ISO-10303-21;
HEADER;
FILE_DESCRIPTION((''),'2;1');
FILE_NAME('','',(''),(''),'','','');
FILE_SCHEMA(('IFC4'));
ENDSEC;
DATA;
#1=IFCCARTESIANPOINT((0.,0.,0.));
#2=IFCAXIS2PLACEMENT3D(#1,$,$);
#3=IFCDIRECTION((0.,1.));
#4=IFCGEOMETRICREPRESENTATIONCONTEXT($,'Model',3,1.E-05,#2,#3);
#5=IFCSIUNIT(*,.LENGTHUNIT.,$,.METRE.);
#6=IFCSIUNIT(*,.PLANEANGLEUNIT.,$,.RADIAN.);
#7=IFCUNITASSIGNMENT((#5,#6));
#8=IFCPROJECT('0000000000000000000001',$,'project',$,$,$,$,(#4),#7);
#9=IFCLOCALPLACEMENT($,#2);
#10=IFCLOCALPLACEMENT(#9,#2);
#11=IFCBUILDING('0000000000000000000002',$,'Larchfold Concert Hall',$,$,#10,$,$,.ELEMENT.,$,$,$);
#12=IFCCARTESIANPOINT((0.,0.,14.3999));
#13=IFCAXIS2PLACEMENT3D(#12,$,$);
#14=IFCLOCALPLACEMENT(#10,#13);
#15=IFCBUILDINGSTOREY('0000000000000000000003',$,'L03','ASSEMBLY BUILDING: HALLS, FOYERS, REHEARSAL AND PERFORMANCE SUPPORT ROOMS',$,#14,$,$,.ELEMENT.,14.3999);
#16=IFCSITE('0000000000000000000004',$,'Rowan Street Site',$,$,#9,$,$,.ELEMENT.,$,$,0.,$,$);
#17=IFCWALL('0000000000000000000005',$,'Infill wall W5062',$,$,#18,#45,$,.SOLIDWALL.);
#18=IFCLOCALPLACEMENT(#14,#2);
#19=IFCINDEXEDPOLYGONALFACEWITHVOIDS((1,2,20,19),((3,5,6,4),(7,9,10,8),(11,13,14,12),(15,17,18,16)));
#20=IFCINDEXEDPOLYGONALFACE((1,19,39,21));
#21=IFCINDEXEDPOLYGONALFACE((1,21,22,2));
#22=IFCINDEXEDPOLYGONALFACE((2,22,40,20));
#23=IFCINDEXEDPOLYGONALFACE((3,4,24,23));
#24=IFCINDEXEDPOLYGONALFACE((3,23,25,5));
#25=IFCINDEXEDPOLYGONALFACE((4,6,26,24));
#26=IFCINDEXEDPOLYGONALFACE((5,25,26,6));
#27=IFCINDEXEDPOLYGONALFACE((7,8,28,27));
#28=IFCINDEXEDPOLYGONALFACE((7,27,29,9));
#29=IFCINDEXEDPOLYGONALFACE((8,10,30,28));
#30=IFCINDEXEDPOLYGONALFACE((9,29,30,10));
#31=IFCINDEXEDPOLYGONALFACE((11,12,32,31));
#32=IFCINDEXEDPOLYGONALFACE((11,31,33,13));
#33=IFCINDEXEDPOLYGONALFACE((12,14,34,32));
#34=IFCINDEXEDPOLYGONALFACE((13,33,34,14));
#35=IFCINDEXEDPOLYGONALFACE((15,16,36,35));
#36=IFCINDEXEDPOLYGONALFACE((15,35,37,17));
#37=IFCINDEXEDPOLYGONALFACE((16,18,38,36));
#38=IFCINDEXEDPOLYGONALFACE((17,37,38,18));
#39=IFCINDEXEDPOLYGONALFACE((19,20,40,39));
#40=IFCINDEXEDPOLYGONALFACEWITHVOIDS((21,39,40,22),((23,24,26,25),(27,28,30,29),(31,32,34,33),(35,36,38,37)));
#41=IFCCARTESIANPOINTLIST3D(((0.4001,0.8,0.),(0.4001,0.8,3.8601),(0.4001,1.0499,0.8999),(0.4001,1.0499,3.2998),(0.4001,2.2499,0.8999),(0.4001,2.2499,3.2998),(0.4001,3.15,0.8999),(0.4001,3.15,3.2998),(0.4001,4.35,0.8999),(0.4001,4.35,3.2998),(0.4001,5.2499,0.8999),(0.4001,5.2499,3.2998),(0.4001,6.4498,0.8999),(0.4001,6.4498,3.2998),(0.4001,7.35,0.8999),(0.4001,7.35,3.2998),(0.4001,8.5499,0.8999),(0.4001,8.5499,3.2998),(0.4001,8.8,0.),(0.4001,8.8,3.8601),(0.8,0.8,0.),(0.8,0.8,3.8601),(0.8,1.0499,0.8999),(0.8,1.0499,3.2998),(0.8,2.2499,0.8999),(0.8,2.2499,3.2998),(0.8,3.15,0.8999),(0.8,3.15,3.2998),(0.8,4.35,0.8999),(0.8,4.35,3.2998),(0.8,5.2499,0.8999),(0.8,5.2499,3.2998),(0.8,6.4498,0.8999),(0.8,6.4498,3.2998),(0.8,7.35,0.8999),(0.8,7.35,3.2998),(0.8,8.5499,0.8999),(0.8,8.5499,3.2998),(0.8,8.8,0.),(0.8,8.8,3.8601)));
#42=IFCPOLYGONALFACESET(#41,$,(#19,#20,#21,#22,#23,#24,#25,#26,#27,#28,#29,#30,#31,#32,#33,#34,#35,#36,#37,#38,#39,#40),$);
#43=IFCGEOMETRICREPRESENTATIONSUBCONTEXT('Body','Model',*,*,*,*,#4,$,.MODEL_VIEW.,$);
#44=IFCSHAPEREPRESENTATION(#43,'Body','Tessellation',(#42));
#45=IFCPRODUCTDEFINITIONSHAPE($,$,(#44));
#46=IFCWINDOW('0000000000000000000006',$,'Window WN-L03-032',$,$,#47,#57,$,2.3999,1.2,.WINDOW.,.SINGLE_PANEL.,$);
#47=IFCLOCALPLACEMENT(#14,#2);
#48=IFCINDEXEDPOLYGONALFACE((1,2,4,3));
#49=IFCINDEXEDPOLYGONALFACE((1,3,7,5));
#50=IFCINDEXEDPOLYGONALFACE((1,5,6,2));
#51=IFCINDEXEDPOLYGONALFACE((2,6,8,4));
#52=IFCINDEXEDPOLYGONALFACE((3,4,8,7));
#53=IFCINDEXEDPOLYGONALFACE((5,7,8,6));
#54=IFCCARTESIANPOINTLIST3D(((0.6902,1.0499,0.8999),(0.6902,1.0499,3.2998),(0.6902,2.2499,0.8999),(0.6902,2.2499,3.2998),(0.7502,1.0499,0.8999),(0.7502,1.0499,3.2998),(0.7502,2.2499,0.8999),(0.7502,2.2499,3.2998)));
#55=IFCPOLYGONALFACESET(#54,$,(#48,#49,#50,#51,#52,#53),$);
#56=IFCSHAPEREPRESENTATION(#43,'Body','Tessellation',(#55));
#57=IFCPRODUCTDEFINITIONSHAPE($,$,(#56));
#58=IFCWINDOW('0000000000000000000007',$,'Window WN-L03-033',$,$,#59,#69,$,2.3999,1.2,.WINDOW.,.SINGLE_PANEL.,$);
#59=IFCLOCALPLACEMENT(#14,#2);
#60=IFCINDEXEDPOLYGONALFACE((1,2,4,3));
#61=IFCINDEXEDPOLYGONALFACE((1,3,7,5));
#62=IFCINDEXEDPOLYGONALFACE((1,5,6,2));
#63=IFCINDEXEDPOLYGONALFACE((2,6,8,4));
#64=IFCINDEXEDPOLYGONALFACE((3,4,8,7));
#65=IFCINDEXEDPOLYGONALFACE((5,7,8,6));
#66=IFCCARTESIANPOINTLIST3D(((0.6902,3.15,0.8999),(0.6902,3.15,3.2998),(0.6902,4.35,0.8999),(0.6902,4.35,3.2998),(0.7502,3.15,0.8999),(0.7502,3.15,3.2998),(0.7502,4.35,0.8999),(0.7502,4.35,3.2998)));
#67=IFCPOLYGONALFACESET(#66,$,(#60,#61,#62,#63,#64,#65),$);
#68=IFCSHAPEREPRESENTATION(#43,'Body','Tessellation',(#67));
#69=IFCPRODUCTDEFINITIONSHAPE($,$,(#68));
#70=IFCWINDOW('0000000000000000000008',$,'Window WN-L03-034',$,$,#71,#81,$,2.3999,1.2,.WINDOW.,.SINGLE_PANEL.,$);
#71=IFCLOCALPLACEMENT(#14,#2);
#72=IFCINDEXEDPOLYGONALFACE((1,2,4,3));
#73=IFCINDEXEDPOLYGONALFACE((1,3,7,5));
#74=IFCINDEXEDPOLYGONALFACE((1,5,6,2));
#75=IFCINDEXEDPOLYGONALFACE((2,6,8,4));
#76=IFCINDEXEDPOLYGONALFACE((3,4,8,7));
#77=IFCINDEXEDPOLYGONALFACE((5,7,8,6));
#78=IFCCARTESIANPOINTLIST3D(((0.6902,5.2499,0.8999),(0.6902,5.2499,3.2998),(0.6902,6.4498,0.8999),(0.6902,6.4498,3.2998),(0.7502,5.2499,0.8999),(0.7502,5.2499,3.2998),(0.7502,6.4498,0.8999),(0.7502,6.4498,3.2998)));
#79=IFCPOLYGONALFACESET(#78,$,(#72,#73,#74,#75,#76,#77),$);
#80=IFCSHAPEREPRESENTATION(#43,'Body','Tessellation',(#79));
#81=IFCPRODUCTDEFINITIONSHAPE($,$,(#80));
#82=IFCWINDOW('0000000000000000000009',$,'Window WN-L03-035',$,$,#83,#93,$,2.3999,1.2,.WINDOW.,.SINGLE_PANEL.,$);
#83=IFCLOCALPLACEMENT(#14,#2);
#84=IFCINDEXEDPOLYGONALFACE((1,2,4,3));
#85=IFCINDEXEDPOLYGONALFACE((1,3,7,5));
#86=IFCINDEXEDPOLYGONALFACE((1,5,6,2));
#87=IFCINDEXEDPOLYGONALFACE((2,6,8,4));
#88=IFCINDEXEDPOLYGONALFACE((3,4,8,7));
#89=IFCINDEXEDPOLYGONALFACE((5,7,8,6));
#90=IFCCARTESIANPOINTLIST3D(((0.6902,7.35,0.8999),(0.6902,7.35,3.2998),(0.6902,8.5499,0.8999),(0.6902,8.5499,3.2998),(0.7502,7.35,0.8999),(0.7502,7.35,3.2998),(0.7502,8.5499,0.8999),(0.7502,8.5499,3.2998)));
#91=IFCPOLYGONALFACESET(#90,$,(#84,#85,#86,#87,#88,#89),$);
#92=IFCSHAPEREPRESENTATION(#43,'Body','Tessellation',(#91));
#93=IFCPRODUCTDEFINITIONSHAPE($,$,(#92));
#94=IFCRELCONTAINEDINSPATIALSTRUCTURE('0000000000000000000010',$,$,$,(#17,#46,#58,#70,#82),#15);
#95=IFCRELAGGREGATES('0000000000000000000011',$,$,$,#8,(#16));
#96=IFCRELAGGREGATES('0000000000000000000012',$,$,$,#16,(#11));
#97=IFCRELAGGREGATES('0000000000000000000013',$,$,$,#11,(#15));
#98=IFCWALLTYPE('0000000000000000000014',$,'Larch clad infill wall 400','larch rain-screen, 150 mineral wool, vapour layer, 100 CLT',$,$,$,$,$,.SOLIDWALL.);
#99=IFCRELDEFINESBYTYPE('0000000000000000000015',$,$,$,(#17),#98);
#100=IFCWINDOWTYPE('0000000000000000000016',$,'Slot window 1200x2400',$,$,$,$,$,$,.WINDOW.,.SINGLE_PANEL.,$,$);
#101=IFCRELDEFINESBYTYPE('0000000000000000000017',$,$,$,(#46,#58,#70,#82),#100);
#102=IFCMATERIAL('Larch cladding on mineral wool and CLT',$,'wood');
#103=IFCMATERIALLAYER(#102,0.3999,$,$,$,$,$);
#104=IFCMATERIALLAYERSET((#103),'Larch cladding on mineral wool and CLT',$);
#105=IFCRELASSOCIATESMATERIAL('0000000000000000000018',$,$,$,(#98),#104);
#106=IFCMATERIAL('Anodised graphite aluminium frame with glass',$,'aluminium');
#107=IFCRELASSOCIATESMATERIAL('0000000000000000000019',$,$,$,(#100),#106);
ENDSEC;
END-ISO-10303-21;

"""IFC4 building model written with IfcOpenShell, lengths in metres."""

from ifc_helpers import new_model, si_unit, direction, frame, frame_2d, origin, place, context, subcontext, project, spatial, rectangle, extrude, material, layer, layer_set, type_object, element, fill, save


model = new_model("IFC4")

# Units and contexts
model_context = context("Model", 3, precision=1e-05, world=origin(), true_north=direction((0.0, 1.0)))
body_context = subcontext(model_context, "Body", "Model", "MODEL_VIEW")
ifc_project = project(units=[si_unit("LENGTHUNIT", "METRE"), si_unit("PLANEANGLEUNIT", "RADIAN")], contexts=[model_context])

# Site, building, storey
site_placement = place(None, origin())
site = spatial("IfcSite", under=ifc_project, at=site_placement, Name="Rowan Street Site", CompositionType="ELEMENT", RefElevation=0.0)
building_placement = place(site_placement, origin())
building = spatial("IfcBuilding", under=site, at=building_placement, Name="Larchfold Concert Hall", CompositionType="ELEMENT")
storey_placement = place(building_placement, frame((0.0, 0.0, 14.3999)))
storey = spatial("IfcBuildingStorey", under=building, at=storey_placement, Name="L03", Description="ASSEMBLY BUILDING: HALLS, FOYERS, REHEARSAL AND PERFORMANCE SUPPORT ROOMS", CompositionType="ELEMENT", Elevation=14.3999)

# Wall, openings, windows
ifc_material_1 = material(Name="Larch cladding on mineral wool and CLT", Category="wood")
ifc_layer_1 = layer(ifc_material_1, 0.3999)
ifc_layer_set_1 = layer_set([ifc_layer_1], Name="Larch cladding on mineral wool and CLT")
wall_type_1 = type_object("IfcWallType", Name="Larch clad infill wall 400", Description="larch rain-screen, 150 mineral wool, vapour layer, 100 CLT", PredefinedType="SOLIDWALL", material=ifc_layer_set_1)
wall_1_placement = place(storey_placement, frame((0.6001, 8.8, 0.0), z_axis=(0.0, 0.0, 1.0), x_axis=(0.0, -1.0, 0.0)))
wall_1 = element("IfcWall", 1, at=wall_1_placement, inside=storey, type_object=wall_type_1, Name="Infill wall W5062", PredefinedType="SOLIDWALL", context=body_context, shape_type="SweptSolid", body=[
    extrude(rectangle(XDim=8.0, YDim=0.3999, at=frame_2d((4.0, 0.0))), origin(), (0.0, 0.0, 1.0), 3.8601),
])
opening_1_placement = place(wall_1_placement, frame((6.55, 0.0, 0.8999)))
opening_1 = element("IfcOpeningElement", 2, at=opening_1_placement, cuts=wall_1, PredefinedType="OPENING", context=body_context, shape_type="SweptSolid", body=[
    extrude(rectangle(XDim=1.2, YDim=2.3999, at=frame_2d((0.6001, 1.2))), frame((0.0, 0.21, 0.0), z_axis=(0.0, -1.0, 0.0), x_axis=(1.0, 0.0, 0.0)), (0.0, 0.0, 1.0), 0.4199),
])
opening_2_placement = place(wall_1_placement, frame((4.45, 0.0, 0.8999)))
opening_2 = element("IfcOpeningElement", 3, at=opening_2_placement, cuts=wall_1, PredefinedType="OPENING", context=body_context, shape_type="SweptSolid", body=[
    extrude(rectangle(XDim=1.2, YDim=2.3999, at=frame_2d((0.6001, 1.2))), frame((0.0, 0.21, 0.0), z_axis=(0.0, -1.0, 0.0), x_axis=(1.0, 0.0, 0.0)), (0.0, 0.0, 1.0), 0.4199),
])
opening_3_placement = place(wall_1_placement, frame((2.3501, 0.0, 0.8999)))
opening_3 = element("IfcOpeningElement", 4, at=opening_3_placement, cuts=wall_1, PredefinedType="OPENING", context=body_context, shape_type="SweptSolid", body=[
    extrude(rectangle(XDim=1.2, YDim=2.3999, at=frame_2d((0.6001, 1.2))), frame((0.0, 0.21, 0.0), z_axis=(0.0, -1.0, 0.0), x_axis=(1.0, 0.0, 0.0)), (0.0, 0.0, 1.0), 0.4199),
])
opening_4_placement = place(wall_1_placement, frame((0.25, 0.0, 0.8999)))
opening_4 = element("IfcOpeningElement", 5, at=opening_4_placement, cuts=wall_1, PredefinedType="OPENING", context=body_context, shape_type="SweptSolid", body=[
    extrude(rectangle(XDim=1.2, YDim=2.3999, at=frame_2d((0.6001, 1.2))), frame((0.0, 0.21, 0.0), z_axis=(0.0, -1.0, 0.0), x_axis=(1.0, 0.0, 0.0)), (0.0, 0.0, 1.0), 0.4199),
])
ifc_material_2 = material(Name="Anodised graphite aluminium frame with glass", Category="aluminium")
window_type = type_object("IfcWindowType", Name="Slot window 1200x2400", PartitioningType="SINGLE_PANEL", PredefinedType="WINDOW", material=ifc_material_2)
window_1_placement = place(opening_1_placement, origin())
window_1 = element("IfcWindow", 6, at=window_1_placement, inside=storey, type_object=window_type, Name="Window WN-L03-032", OverallHeight=2.3999, OverallWidth=1.2, PartitioningType="SINGLE_PANEL", PredefinedType="WINDOW", context=body_context, shape_type="SweptSolid", body=[
    extrude(rectangle(XDim=1.2, YDim=2.3999, at=frame_2d((0.6001, 1.2))), frame((0.0, 0.1501, 0.0), z_axis=(0.0, -1.0, 0.0), x_axis=(1.0, 0.0, 0.0)), (0.0, 0.0, 1.0), 0.0601),
])
fill(opening_1, window_1)
window_2_placement = place(opening_2_placement, origin())
window_2 = element("IfcWindow", 7, at=window_2_placement, inside=storey, type_object=window_type, Name="Window WN-L03-033", OverallHeight=2.3999, OverallWidth=1.2, PartitioningType="SINGLE_PANEL", PredefinedType="WINDOW", context=body_context, shape_type="SweptSolid", body=[
    extrude(rectangle(XDim=1.2, YDim=2.3999, at=frame_2d((0.6001, 1.2))), frame((0.0, 0.1501, 0.0), z_axis=(0.0, -1.0, 0.0), x_axis=(1.0, 0.0, 0.0)), (0.0, 0.0, 1.0), 0.0601),
])
fill(opening_2, window_2)
window_3_placement = place(opening_3_placement, origin())
window_3 = element("IfcWindow", 8, at=window_3_placement, inside=storey, type_object=window_type, Name="Window WN-L03-034", OverallHeight=2.3999, OverallWidth=1.2, PartitioningType="SINGLE_PANEL", PredefinedType="WINDOW", context=body_context, shape_type="SweptSolid", body=[
    extrude(rectangle(XDim=1.2, YDim=2.3999, at=frame_2d((0.6001, 1.2))), frame((0.0, 0.1501, 0.0), z_axis=(0.0, -1.0, 0.0), x_axis=(1.0, 0.0, 0.0)), (0.0, 0.0, 1.0), 0.0601),
])
fill(opening_3, window_3)
window_4_placement = place(opening_4_placement, origin())
window_4 = element("IfcWindow", 9, at=window_4_placement, inside=storey, type_object=window_type, Name="Window WN-L03-035", OverallHeight=2.3999, OverallWidth=1.2, PartitioningType="SINGLE_PANEL", PredefinedType="WINDOW", context=body_context, shape_type="SweptSolid", body=[
    extrude(rectangle(XDim=1.2, YDim=2.3999, at=frame_2d((0.6001, 1.2))), frame((0.0, 0.1501, 0.0), z_axis=(0.0, -1.0, 0.0), x_axis=(1.0, 0.0, 0.0)), (0.0, 0.0, 1.0), 0.0601),
])
fill(opening_4, window_4)

save(model, "model.ifc")
